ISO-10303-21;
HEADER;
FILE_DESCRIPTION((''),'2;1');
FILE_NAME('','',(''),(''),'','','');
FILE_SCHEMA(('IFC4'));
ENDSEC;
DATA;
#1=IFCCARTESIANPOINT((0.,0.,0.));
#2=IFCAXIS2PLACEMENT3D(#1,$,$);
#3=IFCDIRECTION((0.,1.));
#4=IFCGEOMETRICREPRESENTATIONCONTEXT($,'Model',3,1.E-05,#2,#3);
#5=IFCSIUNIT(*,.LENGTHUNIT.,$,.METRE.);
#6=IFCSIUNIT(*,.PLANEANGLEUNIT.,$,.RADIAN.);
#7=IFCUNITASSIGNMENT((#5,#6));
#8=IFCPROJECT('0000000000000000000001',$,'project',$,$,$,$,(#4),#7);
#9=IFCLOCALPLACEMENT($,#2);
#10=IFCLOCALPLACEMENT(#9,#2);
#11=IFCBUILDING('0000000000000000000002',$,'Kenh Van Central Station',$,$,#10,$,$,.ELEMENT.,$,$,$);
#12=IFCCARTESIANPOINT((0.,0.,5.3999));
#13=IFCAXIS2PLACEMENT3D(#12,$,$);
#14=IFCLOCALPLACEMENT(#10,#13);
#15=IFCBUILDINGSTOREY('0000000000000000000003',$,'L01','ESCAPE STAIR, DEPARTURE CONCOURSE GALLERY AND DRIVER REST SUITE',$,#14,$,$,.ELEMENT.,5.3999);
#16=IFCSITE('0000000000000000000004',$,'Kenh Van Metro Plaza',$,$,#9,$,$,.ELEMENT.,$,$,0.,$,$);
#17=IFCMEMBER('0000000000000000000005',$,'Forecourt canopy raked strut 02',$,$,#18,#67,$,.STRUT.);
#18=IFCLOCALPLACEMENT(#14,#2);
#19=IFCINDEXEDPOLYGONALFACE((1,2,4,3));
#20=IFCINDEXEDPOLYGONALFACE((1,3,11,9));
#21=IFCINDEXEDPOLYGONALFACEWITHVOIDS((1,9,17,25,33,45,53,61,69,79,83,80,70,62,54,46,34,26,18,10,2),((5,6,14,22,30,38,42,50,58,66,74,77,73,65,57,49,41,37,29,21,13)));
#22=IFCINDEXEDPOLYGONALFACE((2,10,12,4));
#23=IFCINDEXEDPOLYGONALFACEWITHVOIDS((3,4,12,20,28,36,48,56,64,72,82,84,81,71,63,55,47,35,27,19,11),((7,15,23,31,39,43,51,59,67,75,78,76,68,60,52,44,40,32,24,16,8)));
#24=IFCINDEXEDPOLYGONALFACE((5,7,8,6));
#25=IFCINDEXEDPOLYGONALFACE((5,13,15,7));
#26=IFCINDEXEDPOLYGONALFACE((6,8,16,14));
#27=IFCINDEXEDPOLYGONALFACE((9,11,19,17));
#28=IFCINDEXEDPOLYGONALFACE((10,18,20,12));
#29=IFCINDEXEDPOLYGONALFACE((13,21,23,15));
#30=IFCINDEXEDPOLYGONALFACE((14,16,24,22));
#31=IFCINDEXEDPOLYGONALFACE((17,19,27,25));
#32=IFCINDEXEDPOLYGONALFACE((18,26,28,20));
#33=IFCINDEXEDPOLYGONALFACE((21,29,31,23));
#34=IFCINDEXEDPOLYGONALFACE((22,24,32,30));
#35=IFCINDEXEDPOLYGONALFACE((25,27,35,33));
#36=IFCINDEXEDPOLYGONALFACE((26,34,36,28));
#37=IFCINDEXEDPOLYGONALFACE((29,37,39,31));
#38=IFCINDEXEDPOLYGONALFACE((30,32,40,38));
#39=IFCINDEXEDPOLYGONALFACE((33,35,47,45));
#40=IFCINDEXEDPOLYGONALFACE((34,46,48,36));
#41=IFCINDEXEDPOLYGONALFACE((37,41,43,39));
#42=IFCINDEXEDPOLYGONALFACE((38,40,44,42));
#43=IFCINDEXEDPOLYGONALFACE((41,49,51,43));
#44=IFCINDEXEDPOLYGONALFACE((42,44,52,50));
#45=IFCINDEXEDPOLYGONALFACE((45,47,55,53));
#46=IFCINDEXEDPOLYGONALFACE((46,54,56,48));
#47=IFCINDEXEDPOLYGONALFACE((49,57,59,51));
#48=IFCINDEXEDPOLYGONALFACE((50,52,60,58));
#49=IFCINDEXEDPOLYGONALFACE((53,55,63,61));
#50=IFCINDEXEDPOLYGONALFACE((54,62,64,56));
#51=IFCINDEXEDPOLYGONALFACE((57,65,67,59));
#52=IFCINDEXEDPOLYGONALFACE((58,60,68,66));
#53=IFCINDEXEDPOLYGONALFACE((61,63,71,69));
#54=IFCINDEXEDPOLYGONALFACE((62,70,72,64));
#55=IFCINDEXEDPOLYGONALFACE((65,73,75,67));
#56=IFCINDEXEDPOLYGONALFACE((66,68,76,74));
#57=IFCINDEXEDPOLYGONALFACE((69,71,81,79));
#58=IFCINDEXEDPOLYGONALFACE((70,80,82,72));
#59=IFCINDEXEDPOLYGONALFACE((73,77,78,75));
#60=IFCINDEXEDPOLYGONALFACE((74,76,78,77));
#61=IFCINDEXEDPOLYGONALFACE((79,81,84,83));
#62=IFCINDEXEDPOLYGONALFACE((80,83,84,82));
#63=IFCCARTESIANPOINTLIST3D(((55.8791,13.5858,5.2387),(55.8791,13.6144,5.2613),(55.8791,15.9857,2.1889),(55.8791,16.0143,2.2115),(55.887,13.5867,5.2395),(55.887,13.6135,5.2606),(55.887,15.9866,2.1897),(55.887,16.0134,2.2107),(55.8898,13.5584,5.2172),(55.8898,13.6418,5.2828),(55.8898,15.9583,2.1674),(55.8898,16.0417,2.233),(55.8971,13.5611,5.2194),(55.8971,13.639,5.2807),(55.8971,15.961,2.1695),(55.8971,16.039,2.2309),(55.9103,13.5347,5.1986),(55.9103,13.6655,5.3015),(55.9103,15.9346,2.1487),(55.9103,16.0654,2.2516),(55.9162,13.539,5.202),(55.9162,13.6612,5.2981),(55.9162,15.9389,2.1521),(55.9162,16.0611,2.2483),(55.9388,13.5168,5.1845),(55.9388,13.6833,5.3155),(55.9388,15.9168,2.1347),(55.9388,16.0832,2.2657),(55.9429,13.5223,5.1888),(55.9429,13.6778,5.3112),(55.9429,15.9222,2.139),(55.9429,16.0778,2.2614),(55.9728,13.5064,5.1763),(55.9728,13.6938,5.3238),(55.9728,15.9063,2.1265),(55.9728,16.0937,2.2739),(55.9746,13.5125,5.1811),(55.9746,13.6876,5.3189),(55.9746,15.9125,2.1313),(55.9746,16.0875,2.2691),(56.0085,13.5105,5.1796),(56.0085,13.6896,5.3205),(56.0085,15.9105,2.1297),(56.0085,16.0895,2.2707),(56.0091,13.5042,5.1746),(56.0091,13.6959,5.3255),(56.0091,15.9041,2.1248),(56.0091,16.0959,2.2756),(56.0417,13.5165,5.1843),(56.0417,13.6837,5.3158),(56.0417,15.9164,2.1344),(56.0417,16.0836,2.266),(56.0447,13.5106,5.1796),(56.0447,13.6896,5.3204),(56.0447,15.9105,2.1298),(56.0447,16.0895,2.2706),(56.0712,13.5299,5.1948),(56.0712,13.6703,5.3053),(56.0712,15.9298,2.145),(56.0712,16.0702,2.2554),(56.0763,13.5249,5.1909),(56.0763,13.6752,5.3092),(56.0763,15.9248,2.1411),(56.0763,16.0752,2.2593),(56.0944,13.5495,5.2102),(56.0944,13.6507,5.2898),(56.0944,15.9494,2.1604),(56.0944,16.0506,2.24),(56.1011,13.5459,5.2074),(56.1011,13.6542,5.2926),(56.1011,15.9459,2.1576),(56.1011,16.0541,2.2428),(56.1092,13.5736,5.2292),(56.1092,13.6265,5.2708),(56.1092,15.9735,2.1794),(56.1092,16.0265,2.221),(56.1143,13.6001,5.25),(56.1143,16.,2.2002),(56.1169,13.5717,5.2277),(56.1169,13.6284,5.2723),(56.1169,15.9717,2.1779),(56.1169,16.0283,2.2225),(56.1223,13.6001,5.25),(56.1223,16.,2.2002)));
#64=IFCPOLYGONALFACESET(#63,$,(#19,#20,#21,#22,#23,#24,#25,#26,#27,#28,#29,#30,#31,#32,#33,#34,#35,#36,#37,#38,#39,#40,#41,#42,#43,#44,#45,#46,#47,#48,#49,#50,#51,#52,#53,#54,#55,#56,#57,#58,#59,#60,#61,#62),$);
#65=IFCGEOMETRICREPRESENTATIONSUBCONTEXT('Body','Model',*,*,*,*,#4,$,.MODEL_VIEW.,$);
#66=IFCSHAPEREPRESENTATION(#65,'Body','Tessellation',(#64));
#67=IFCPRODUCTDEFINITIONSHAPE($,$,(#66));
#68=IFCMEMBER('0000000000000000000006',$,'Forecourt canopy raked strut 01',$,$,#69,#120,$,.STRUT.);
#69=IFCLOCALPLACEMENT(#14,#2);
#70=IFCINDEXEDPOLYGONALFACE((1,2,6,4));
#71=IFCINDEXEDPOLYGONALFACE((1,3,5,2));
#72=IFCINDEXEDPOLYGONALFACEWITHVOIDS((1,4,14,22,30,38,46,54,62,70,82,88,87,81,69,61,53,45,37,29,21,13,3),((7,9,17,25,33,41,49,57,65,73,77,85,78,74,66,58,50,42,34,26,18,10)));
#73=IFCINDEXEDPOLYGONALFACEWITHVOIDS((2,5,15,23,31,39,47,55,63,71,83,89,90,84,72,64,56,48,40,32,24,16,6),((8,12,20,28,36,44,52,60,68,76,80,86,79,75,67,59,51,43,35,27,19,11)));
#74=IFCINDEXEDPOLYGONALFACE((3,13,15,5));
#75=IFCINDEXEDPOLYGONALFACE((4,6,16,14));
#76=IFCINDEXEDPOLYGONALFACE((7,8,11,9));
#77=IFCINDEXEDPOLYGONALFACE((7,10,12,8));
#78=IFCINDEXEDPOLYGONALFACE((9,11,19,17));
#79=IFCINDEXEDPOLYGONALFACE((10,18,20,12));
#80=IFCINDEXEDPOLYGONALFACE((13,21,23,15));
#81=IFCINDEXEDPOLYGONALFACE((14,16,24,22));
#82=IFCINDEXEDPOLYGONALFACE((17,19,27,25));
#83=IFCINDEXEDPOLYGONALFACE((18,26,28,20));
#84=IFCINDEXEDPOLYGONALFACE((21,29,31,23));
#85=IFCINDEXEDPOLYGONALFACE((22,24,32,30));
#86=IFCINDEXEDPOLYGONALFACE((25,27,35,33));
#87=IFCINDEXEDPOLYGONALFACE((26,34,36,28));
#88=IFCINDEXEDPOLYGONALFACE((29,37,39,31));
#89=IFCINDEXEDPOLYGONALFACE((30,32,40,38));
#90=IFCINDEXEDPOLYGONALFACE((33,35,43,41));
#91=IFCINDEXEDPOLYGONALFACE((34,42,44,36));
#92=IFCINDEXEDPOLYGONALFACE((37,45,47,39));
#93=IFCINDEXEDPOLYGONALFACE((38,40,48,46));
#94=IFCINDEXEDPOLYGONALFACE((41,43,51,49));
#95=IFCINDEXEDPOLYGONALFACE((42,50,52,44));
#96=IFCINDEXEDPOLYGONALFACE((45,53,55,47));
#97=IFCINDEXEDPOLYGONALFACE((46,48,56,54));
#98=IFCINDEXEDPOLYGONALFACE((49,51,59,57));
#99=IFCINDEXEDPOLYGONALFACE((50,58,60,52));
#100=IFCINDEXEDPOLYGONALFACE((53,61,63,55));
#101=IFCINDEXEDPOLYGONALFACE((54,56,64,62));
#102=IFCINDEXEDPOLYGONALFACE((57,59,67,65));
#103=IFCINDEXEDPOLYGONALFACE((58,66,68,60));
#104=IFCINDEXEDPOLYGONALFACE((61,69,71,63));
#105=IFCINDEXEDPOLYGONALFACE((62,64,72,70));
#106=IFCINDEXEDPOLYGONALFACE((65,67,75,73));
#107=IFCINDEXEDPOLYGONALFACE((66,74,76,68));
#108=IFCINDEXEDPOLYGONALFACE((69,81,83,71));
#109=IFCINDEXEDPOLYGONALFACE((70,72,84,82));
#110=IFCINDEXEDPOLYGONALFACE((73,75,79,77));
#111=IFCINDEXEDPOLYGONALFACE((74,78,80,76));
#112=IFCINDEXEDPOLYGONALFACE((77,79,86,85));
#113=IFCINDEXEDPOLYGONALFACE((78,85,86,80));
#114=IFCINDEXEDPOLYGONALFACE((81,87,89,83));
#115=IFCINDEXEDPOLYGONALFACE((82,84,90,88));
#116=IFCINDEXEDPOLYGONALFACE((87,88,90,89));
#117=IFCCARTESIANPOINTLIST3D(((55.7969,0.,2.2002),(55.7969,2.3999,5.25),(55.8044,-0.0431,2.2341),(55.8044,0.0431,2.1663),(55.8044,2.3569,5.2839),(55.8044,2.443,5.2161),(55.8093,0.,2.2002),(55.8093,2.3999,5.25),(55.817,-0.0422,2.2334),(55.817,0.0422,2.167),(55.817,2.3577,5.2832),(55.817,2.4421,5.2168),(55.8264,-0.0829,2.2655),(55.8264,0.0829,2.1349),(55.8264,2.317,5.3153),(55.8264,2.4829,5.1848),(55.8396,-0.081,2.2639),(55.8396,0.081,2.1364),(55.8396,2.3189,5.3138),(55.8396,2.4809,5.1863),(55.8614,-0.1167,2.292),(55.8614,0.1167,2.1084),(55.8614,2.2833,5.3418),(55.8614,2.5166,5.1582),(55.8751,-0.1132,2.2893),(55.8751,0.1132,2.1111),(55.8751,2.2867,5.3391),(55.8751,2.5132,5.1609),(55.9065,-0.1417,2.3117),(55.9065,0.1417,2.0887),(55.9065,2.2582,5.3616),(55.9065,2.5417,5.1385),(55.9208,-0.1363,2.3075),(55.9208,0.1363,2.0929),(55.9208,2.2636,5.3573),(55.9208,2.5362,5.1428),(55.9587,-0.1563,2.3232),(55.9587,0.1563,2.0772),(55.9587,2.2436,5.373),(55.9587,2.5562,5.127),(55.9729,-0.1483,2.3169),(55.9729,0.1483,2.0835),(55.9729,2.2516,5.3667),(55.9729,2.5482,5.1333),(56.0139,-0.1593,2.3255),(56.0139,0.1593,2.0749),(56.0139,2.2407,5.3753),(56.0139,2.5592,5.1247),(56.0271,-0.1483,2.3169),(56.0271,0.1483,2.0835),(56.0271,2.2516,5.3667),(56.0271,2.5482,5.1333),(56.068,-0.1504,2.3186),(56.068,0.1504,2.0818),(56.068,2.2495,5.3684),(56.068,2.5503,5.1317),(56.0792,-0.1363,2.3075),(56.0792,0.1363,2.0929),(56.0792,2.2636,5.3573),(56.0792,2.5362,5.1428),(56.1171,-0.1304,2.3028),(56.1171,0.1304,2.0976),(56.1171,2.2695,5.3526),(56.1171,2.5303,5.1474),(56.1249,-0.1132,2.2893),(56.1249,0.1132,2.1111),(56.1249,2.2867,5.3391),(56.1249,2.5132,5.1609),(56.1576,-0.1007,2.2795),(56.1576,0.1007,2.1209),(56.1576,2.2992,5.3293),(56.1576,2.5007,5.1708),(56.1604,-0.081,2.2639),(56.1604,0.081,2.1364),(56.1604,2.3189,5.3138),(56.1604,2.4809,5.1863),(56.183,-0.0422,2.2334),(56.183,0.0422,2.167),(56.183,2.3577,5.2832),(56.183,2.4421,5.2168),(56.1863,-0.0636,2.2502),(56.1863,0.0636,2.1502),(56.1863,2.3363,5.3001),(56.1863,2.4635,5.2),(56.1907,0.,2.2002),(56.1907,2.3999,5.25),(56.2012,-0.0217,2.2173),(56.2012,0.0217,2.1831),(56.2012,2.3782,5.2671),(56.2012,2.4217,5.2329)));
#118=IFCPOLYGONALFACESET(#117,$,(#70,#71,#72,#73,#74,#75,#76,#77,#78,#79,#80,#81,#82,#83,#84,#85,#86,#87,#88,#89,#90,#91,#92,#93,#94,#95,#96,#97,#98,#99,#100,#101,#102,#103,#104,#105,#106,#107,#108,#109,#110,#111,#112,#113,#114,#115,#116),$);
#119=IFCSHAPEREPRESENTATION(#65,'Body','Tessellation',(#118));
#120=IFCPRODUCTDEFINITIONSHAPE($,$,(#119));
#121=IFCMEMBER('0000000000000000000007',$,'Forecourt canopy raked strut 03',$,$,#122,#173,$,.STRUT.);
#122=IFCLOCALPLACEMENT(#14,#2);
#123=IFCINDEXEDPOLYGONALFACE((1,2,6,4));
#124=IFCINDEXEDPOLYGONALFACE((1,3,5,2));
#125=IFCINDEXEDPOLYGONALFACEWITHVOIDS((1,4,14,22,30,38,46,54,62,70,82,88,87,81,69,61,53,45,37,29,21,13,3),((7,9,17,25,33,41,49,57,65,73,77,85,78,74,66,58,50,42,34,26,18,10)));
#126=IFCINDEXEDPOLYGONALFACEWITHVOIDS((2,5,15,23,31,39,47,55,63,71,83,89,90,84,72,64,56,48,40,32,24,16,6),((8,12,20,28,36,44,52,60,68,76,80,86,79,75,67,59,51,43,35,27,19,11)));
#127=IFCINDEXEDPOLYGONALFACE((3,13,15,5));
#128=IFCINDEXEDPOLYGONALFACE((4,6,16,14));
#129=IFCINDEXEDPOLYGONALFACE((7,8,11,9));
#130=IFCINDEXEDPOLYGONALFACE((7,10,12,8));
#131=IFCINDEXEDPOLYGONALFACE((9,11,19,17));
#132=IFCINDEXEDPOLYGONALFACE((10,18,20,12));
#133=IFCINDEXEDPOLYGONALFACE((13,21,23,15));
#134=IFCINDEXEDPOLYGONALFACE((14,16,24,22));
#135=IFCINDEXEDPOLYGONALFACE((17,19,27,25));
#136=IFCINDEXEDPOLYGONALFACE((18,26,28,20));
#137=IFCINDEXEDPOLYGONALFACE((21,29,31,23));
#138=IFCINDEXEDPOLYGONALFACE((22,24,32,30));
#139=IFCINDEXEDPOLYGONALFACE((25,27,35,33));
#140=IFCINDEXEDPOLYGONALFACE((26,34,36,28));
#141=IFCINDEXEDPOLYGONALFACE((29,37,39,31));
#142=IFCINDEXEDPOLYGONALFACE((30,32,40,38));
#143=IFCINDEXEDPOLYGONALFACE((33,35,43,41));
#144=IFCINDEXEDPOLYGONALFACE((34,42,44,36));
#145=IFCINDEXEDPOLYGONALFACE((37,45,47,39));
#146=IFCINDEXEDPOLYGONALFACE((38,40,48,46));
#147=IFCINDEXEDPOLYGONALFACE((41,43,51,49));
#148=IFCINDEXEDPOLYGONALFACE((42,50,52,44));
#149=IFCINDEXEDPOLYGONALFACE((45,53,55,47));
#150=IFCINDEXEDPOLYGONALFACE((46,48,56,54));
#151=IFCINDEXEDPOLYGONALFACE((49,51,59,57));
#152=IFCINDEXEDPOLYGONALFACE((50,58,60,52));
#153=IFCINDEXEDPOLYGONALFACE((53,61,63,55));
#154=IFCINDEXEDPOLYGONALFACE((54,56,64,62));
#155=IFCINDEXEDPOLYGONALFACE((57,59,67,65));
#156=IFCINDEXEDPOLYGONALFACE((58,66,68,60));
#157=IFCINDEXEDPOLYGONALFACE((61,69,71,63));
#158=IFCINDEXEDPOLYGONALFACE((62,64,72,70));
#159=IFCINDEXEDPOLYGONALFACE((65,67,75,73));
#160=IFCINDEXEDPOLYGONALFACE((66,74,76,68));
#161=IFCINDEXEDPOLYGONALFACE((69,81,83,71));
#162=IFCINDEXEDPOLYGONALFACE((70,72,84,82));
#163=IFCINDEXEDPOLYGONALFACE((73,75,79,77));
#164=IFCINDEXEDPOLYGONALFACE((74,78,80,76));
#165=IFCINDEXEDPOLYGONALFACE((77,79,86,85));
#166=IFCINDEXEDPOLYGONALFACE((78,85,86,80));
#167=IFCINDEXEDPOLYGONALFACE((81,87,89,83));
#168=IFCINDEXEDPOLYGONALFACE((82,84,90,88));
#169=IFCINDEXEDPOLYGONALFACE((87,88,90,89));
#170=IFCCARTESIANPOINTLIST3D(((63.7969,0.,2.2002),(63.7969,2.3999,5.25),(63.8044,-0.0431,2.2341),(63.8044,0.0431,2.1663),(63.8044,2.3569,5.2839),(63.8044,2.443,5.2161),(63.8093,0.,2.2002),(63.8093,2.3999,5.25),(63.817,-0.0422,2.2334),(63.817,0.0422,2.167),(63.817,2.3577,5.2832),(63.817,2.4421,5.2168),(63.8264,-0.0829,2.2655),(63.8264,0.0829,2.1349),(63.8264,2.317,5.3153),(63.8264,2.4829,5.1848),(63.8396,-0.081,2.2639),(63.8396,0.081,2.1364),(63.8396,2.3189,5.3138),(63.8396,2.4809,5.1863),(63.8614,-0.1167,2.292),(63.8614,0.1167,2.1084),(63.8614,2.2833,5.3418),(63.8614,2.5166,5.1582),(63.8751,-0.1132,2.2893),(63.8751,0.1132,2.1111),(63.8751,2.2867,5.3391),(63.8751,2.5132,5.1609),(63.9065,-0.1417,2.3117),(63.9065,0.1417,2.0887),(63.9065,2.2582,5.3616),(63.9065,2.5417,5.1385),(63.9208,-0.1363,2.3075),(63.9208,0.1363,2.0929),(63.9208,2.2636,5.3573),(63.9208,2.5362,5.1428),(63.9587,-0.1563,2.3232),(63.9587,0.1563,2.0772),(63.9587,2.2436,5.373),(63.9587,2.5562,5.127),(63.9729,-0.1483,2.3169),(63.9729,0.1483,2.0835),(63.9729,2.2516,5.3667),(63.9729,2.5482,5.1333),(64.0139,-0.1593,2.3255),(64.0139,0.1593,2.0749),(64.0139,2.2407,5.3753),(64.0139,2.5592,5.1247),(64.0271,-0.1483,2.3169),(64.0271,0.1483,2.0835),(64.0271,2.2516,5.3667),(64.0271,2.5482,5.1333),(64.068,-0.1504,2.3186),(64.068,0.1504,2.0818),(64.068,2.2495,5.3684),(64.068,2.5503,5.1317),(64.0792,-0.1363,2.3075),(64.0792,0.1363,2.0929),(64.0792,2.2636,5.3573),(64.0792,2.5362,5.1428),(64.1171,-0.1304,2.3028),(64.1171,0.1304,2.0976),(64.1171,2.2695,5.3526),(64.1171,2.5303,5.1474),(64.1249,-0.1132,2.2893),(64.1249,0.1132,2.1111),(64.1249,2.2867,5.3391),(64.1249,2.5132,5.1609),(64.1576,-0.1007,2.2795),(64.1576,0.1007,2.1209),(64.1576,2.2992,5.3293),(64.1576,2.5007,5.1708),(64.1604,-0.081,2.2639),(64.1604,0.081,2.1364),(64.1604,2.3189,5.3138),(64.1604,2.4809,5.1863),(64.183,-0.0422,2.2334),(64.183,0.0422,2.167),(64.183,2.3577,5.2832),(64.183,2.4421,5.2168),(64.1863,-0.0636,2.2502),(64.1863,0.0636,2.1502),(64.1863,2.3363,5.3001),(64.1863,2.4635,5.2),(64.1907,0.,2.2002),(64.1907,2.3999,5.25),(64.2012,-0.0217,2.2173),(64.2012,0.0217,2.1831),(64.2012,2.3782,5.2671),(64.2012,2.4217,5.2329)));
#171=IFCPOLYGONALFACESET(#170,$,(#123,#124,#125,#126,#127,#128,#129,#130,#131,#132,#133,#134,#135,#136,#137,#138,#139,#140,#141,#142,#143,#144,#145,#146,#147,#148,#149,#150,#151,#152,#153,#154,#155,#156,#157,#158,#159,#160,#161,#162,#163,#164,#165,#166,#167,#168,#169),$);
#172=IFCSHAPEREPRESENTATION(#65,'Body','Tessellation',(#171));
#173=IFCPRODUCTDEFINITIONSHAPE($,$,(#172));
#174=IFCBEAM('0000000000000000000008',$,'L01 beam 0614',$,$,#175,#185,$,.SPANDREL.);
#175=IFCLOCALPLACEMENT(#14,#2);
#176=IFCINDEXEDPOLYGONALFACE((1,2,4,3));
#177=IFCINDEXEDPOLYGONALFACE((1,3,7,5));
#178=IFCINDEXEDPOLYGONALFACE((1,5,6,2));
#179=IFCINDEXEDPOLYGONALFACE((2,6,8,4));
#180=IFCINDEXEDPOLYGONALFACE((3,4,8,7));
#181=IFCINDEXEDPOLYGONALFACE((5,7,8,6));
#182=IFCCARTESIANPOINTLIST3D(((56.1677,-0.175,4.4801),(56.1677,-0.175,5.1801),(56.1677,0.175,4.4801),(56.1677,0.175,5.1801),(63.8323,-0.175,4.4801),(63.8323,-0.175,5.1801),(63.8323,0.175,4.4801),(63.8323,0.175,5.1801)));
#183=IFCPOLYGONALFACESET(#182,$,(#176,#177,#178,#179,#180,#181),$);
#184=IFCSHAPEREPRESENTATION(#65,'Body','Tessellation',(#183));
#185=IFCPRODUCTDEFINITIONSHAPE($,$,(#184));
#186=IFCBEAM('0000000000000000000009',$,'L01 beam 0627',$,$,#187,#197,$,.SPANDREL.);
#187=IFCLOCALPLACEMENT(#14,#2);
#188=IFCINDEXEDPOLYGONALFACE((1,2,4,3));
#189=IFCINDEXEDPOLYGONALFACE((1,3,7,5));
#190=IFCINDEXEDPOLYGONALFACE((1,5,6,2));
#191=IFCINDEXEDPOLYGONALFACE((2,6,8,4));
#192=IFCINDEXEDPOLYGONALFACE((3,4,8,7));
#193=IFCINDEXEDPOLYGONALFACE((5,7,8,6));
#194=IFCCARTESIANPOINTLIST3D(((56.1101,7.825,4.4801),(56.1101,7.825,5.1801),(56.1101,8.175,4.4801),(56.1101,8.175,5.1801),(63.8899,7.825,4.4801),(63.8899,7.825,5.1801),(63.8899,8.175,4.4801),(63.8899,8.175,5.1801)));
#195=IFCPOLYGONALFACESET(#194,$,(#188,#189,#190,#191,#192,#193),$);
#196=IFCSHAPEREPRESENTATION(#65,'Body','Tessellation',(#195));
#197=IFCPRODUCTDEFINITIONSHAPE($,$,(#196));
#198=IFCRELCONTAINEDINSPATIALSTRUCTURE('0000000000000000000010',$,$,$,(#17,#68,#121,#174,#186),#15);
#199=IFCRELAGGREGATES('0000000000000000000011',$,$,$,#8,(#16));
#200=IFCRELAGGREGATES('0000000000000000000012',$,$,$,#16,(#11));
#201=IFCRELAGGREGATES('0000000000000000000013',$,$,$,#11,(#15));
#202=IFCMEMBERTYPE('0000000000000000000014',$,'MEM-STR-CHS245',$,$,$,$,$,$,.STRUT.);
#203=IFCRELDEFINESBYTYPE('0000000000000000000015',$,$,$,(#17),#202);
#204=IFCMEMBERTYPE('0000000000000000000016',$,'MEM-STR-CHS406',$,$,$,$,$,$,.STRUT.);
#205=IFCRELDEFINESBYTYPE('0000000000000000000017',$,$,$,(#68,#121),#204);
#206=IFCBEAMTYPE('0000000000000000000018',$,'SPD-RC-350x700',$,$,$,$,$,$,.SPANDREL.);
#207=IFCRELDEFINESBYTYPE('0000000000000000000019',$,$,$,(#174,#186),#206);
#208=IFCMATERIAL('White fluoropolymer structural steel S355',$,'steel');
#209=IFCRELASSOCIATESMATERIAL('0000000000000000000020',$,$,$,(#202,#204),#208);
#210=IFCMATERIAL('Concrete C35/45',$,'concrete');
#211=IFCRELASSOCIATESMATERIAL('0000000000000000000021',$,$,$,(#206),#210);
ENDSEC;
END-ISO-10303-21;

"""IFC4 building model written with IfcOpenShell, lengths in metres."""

from ifc_helpers import new_model, si_unit, direction, frame, origin, origin_2d, place, context, subcontext, project, spatial, rectangle, hollow_circle, extrude, material, material_profile, profile_set, type_object, element, save


model = new_model("IFC4")

# Units and contexts
model_context = context("Model", 3, precision=1e-05, world=origin(), true_north=direction((0.0, 1.0)))
body_context = subcontext(model_context, "Body", "Model", "MODEL_VIEW")
ifc_project = project(units=[si_unit("LENGTHUNIT", "METRE"), si_unit("PLANEANGLEUNIT", "RADIAN")], contexts=[model_context])

# Site, building, storey
site_placement = place(None, origin())
site = spatial("IfcSite", under=ifc_project, at=site_placement, Name="Kenh Van Metro Plaza", CompositionType="ELEMENT", RefElevation=0.0)
building_placement = place(site_placement, origin())
building = spatial("IfcBuilding", under=site, at=building_placement, Name="Kenh Van Central Station", CompositionType="ELEMENT")
storey_placement = place(building_placement, frame((0.0, 0.0, 5.3999)))
storey = spatial("IfcBuildingStorey", under=building, at=storey_placement, Name="L01", Description="ESCAPE STAIR, DEPARTURE CONCOURSE GALLERY AND DRIVER REST SUITE", CompositionType="ELEMENT", Elevation=5.3999)

# Members
ifc_material_1 = material(Name="White fluoropolymer structural steel S355", Category="steel")
ifc_material_profile_1 = material_profile(ifc_material_1, hollow_circle(Radius=0.1223, WallThickness=0.0081, at=origin_2d()), Name="CHS 244.5x8")
ifc_profile_set_1 = profile_set([ifc_material_profile_1], Name="White fluoropolymer structural steel S355")
member_type_1 = type_object("IfcMemberType", Name="MEM-STR-CHS245", PredefinedType="STRUT", material=ifc_profile_set_1)
member_1_placement = place(storey_placement, frame((56.0, 16.0, 2.2002), z_axis=(0.0, -0.618399, 0.785864), x_axis=(1.0, 0.0, 0.0)))
element("IfcMember", 1, at=member_1_placement, inside=storey, type_object=member_type_1, Name="Forecourt canopy raked strut 02", PredefinedType="STRUT", context=body_context, shape_type="SweptSolid", body=[
    extrude(hollow_circle(Radius=0.1223, WallThickness=0.0081, at=origin_2d()), origin(), (0.0, 0.0, 1.0), 3.8809),
])
ifc_material_profile_2 = material_profile(ifc_material_1, hollow_circle(Radius=0.2031, WallThickness=0.0125, at=origin_2d()), Name="CHS 406.4x12.5")
ifc_profile_set_2 = profile_set([ifc_material_profile_2], Name="White fluoropolymer structural steel S355")
member_type_2 = type_object("IfcMemberType", Name="MEM-STR-CHS406", PredefinedType="STRUT", material=ifc_profile_set_2)
for number, where, z_axis, x_axis, name in (
    (2, (56.0, 0.0, 2.2002), (0.0, 0.618399, 0.785864), (-1.0, 0.0, 0.0), "Forecourt canopy raked strut 01"),
    (3, (64.0, 0.0, 2.2002), (0.0, 0.618399, 0.785864), (-1.0, 0.0, 0.0), "Forecourt canopy raked strut 03"),
):
    element("IfcMember", number, at=place(storey_placement, frame(where, z_axis=z_axis, x_axis=x_axis)), inside=storey, type_object=member_type_2, Name=name, PredefinedType="STRUT", context=body_context, shape_type="SweptSolid", body=[
        extrude(hollow_circle(Radius=0.2031, WallThickness=0.0125, at=origin_2d()), origin(), (0.0, 0.0, 1.0), 3.8809),
    ])

# Beams
ifc_material_2 = material(Name="Concrete C35/45", Category="concrete")
ifc_material_profile_3 = material_profile(ifc_material_2, rectangle(XDim=0.3501, YDim=0.7, at=origin_2d()), Name="RC 350x700")
ifc_profile_set_3 = profile_set([ifc_material_profile_3], Name="Concrete C35/45")
beam_type = type_object("IfcBeamType", Name="SPD-RC-350x700", PredefinedType="SPANDREL", material=ifc_profile_set_3)
beam_1_placement = place(storey_placement, frame((56.1677, 0.0, 4.8301), z_axis=(1.0, 0.0, 0.0), x_axis=(0.0, 1.0, 0.0)))
element("IfcBeam", 4, at=beam_1_placement, inside=storey, type_object=beam_type, Name="L01 beam 0614", PredefinedType="SPANDREL", context=body_context, shape_type="SweptSolid", body=[
    extrude(rectangle(XDim=0.3501, YDim=0.7, at=origin_2d()), origin(), (0.0, 0.0, 1.0), 7.6646),
])
beam_2_placement = place(storey_placement, frame((56.1101, 8.0, 4.8301), z_axis=(1.0, 0.0, 0.0), x_axis=(0.0, 1.0, 0.0)))
element("IfcBeam", 5, at=beam_2_placement, inside=storey, type_object=beam_type, Name="L01 beam 0627", PredefinedType="SPANDREL", context=body_context, shape_type="SweptSolid", body=[
    extrude(rectangle(XDim=0.3501, YDim=0.7, at=origin_2d()), origin(), (0.0, 0.0, 1.0), 7.7798),
])

save(model, "model.ifc")
